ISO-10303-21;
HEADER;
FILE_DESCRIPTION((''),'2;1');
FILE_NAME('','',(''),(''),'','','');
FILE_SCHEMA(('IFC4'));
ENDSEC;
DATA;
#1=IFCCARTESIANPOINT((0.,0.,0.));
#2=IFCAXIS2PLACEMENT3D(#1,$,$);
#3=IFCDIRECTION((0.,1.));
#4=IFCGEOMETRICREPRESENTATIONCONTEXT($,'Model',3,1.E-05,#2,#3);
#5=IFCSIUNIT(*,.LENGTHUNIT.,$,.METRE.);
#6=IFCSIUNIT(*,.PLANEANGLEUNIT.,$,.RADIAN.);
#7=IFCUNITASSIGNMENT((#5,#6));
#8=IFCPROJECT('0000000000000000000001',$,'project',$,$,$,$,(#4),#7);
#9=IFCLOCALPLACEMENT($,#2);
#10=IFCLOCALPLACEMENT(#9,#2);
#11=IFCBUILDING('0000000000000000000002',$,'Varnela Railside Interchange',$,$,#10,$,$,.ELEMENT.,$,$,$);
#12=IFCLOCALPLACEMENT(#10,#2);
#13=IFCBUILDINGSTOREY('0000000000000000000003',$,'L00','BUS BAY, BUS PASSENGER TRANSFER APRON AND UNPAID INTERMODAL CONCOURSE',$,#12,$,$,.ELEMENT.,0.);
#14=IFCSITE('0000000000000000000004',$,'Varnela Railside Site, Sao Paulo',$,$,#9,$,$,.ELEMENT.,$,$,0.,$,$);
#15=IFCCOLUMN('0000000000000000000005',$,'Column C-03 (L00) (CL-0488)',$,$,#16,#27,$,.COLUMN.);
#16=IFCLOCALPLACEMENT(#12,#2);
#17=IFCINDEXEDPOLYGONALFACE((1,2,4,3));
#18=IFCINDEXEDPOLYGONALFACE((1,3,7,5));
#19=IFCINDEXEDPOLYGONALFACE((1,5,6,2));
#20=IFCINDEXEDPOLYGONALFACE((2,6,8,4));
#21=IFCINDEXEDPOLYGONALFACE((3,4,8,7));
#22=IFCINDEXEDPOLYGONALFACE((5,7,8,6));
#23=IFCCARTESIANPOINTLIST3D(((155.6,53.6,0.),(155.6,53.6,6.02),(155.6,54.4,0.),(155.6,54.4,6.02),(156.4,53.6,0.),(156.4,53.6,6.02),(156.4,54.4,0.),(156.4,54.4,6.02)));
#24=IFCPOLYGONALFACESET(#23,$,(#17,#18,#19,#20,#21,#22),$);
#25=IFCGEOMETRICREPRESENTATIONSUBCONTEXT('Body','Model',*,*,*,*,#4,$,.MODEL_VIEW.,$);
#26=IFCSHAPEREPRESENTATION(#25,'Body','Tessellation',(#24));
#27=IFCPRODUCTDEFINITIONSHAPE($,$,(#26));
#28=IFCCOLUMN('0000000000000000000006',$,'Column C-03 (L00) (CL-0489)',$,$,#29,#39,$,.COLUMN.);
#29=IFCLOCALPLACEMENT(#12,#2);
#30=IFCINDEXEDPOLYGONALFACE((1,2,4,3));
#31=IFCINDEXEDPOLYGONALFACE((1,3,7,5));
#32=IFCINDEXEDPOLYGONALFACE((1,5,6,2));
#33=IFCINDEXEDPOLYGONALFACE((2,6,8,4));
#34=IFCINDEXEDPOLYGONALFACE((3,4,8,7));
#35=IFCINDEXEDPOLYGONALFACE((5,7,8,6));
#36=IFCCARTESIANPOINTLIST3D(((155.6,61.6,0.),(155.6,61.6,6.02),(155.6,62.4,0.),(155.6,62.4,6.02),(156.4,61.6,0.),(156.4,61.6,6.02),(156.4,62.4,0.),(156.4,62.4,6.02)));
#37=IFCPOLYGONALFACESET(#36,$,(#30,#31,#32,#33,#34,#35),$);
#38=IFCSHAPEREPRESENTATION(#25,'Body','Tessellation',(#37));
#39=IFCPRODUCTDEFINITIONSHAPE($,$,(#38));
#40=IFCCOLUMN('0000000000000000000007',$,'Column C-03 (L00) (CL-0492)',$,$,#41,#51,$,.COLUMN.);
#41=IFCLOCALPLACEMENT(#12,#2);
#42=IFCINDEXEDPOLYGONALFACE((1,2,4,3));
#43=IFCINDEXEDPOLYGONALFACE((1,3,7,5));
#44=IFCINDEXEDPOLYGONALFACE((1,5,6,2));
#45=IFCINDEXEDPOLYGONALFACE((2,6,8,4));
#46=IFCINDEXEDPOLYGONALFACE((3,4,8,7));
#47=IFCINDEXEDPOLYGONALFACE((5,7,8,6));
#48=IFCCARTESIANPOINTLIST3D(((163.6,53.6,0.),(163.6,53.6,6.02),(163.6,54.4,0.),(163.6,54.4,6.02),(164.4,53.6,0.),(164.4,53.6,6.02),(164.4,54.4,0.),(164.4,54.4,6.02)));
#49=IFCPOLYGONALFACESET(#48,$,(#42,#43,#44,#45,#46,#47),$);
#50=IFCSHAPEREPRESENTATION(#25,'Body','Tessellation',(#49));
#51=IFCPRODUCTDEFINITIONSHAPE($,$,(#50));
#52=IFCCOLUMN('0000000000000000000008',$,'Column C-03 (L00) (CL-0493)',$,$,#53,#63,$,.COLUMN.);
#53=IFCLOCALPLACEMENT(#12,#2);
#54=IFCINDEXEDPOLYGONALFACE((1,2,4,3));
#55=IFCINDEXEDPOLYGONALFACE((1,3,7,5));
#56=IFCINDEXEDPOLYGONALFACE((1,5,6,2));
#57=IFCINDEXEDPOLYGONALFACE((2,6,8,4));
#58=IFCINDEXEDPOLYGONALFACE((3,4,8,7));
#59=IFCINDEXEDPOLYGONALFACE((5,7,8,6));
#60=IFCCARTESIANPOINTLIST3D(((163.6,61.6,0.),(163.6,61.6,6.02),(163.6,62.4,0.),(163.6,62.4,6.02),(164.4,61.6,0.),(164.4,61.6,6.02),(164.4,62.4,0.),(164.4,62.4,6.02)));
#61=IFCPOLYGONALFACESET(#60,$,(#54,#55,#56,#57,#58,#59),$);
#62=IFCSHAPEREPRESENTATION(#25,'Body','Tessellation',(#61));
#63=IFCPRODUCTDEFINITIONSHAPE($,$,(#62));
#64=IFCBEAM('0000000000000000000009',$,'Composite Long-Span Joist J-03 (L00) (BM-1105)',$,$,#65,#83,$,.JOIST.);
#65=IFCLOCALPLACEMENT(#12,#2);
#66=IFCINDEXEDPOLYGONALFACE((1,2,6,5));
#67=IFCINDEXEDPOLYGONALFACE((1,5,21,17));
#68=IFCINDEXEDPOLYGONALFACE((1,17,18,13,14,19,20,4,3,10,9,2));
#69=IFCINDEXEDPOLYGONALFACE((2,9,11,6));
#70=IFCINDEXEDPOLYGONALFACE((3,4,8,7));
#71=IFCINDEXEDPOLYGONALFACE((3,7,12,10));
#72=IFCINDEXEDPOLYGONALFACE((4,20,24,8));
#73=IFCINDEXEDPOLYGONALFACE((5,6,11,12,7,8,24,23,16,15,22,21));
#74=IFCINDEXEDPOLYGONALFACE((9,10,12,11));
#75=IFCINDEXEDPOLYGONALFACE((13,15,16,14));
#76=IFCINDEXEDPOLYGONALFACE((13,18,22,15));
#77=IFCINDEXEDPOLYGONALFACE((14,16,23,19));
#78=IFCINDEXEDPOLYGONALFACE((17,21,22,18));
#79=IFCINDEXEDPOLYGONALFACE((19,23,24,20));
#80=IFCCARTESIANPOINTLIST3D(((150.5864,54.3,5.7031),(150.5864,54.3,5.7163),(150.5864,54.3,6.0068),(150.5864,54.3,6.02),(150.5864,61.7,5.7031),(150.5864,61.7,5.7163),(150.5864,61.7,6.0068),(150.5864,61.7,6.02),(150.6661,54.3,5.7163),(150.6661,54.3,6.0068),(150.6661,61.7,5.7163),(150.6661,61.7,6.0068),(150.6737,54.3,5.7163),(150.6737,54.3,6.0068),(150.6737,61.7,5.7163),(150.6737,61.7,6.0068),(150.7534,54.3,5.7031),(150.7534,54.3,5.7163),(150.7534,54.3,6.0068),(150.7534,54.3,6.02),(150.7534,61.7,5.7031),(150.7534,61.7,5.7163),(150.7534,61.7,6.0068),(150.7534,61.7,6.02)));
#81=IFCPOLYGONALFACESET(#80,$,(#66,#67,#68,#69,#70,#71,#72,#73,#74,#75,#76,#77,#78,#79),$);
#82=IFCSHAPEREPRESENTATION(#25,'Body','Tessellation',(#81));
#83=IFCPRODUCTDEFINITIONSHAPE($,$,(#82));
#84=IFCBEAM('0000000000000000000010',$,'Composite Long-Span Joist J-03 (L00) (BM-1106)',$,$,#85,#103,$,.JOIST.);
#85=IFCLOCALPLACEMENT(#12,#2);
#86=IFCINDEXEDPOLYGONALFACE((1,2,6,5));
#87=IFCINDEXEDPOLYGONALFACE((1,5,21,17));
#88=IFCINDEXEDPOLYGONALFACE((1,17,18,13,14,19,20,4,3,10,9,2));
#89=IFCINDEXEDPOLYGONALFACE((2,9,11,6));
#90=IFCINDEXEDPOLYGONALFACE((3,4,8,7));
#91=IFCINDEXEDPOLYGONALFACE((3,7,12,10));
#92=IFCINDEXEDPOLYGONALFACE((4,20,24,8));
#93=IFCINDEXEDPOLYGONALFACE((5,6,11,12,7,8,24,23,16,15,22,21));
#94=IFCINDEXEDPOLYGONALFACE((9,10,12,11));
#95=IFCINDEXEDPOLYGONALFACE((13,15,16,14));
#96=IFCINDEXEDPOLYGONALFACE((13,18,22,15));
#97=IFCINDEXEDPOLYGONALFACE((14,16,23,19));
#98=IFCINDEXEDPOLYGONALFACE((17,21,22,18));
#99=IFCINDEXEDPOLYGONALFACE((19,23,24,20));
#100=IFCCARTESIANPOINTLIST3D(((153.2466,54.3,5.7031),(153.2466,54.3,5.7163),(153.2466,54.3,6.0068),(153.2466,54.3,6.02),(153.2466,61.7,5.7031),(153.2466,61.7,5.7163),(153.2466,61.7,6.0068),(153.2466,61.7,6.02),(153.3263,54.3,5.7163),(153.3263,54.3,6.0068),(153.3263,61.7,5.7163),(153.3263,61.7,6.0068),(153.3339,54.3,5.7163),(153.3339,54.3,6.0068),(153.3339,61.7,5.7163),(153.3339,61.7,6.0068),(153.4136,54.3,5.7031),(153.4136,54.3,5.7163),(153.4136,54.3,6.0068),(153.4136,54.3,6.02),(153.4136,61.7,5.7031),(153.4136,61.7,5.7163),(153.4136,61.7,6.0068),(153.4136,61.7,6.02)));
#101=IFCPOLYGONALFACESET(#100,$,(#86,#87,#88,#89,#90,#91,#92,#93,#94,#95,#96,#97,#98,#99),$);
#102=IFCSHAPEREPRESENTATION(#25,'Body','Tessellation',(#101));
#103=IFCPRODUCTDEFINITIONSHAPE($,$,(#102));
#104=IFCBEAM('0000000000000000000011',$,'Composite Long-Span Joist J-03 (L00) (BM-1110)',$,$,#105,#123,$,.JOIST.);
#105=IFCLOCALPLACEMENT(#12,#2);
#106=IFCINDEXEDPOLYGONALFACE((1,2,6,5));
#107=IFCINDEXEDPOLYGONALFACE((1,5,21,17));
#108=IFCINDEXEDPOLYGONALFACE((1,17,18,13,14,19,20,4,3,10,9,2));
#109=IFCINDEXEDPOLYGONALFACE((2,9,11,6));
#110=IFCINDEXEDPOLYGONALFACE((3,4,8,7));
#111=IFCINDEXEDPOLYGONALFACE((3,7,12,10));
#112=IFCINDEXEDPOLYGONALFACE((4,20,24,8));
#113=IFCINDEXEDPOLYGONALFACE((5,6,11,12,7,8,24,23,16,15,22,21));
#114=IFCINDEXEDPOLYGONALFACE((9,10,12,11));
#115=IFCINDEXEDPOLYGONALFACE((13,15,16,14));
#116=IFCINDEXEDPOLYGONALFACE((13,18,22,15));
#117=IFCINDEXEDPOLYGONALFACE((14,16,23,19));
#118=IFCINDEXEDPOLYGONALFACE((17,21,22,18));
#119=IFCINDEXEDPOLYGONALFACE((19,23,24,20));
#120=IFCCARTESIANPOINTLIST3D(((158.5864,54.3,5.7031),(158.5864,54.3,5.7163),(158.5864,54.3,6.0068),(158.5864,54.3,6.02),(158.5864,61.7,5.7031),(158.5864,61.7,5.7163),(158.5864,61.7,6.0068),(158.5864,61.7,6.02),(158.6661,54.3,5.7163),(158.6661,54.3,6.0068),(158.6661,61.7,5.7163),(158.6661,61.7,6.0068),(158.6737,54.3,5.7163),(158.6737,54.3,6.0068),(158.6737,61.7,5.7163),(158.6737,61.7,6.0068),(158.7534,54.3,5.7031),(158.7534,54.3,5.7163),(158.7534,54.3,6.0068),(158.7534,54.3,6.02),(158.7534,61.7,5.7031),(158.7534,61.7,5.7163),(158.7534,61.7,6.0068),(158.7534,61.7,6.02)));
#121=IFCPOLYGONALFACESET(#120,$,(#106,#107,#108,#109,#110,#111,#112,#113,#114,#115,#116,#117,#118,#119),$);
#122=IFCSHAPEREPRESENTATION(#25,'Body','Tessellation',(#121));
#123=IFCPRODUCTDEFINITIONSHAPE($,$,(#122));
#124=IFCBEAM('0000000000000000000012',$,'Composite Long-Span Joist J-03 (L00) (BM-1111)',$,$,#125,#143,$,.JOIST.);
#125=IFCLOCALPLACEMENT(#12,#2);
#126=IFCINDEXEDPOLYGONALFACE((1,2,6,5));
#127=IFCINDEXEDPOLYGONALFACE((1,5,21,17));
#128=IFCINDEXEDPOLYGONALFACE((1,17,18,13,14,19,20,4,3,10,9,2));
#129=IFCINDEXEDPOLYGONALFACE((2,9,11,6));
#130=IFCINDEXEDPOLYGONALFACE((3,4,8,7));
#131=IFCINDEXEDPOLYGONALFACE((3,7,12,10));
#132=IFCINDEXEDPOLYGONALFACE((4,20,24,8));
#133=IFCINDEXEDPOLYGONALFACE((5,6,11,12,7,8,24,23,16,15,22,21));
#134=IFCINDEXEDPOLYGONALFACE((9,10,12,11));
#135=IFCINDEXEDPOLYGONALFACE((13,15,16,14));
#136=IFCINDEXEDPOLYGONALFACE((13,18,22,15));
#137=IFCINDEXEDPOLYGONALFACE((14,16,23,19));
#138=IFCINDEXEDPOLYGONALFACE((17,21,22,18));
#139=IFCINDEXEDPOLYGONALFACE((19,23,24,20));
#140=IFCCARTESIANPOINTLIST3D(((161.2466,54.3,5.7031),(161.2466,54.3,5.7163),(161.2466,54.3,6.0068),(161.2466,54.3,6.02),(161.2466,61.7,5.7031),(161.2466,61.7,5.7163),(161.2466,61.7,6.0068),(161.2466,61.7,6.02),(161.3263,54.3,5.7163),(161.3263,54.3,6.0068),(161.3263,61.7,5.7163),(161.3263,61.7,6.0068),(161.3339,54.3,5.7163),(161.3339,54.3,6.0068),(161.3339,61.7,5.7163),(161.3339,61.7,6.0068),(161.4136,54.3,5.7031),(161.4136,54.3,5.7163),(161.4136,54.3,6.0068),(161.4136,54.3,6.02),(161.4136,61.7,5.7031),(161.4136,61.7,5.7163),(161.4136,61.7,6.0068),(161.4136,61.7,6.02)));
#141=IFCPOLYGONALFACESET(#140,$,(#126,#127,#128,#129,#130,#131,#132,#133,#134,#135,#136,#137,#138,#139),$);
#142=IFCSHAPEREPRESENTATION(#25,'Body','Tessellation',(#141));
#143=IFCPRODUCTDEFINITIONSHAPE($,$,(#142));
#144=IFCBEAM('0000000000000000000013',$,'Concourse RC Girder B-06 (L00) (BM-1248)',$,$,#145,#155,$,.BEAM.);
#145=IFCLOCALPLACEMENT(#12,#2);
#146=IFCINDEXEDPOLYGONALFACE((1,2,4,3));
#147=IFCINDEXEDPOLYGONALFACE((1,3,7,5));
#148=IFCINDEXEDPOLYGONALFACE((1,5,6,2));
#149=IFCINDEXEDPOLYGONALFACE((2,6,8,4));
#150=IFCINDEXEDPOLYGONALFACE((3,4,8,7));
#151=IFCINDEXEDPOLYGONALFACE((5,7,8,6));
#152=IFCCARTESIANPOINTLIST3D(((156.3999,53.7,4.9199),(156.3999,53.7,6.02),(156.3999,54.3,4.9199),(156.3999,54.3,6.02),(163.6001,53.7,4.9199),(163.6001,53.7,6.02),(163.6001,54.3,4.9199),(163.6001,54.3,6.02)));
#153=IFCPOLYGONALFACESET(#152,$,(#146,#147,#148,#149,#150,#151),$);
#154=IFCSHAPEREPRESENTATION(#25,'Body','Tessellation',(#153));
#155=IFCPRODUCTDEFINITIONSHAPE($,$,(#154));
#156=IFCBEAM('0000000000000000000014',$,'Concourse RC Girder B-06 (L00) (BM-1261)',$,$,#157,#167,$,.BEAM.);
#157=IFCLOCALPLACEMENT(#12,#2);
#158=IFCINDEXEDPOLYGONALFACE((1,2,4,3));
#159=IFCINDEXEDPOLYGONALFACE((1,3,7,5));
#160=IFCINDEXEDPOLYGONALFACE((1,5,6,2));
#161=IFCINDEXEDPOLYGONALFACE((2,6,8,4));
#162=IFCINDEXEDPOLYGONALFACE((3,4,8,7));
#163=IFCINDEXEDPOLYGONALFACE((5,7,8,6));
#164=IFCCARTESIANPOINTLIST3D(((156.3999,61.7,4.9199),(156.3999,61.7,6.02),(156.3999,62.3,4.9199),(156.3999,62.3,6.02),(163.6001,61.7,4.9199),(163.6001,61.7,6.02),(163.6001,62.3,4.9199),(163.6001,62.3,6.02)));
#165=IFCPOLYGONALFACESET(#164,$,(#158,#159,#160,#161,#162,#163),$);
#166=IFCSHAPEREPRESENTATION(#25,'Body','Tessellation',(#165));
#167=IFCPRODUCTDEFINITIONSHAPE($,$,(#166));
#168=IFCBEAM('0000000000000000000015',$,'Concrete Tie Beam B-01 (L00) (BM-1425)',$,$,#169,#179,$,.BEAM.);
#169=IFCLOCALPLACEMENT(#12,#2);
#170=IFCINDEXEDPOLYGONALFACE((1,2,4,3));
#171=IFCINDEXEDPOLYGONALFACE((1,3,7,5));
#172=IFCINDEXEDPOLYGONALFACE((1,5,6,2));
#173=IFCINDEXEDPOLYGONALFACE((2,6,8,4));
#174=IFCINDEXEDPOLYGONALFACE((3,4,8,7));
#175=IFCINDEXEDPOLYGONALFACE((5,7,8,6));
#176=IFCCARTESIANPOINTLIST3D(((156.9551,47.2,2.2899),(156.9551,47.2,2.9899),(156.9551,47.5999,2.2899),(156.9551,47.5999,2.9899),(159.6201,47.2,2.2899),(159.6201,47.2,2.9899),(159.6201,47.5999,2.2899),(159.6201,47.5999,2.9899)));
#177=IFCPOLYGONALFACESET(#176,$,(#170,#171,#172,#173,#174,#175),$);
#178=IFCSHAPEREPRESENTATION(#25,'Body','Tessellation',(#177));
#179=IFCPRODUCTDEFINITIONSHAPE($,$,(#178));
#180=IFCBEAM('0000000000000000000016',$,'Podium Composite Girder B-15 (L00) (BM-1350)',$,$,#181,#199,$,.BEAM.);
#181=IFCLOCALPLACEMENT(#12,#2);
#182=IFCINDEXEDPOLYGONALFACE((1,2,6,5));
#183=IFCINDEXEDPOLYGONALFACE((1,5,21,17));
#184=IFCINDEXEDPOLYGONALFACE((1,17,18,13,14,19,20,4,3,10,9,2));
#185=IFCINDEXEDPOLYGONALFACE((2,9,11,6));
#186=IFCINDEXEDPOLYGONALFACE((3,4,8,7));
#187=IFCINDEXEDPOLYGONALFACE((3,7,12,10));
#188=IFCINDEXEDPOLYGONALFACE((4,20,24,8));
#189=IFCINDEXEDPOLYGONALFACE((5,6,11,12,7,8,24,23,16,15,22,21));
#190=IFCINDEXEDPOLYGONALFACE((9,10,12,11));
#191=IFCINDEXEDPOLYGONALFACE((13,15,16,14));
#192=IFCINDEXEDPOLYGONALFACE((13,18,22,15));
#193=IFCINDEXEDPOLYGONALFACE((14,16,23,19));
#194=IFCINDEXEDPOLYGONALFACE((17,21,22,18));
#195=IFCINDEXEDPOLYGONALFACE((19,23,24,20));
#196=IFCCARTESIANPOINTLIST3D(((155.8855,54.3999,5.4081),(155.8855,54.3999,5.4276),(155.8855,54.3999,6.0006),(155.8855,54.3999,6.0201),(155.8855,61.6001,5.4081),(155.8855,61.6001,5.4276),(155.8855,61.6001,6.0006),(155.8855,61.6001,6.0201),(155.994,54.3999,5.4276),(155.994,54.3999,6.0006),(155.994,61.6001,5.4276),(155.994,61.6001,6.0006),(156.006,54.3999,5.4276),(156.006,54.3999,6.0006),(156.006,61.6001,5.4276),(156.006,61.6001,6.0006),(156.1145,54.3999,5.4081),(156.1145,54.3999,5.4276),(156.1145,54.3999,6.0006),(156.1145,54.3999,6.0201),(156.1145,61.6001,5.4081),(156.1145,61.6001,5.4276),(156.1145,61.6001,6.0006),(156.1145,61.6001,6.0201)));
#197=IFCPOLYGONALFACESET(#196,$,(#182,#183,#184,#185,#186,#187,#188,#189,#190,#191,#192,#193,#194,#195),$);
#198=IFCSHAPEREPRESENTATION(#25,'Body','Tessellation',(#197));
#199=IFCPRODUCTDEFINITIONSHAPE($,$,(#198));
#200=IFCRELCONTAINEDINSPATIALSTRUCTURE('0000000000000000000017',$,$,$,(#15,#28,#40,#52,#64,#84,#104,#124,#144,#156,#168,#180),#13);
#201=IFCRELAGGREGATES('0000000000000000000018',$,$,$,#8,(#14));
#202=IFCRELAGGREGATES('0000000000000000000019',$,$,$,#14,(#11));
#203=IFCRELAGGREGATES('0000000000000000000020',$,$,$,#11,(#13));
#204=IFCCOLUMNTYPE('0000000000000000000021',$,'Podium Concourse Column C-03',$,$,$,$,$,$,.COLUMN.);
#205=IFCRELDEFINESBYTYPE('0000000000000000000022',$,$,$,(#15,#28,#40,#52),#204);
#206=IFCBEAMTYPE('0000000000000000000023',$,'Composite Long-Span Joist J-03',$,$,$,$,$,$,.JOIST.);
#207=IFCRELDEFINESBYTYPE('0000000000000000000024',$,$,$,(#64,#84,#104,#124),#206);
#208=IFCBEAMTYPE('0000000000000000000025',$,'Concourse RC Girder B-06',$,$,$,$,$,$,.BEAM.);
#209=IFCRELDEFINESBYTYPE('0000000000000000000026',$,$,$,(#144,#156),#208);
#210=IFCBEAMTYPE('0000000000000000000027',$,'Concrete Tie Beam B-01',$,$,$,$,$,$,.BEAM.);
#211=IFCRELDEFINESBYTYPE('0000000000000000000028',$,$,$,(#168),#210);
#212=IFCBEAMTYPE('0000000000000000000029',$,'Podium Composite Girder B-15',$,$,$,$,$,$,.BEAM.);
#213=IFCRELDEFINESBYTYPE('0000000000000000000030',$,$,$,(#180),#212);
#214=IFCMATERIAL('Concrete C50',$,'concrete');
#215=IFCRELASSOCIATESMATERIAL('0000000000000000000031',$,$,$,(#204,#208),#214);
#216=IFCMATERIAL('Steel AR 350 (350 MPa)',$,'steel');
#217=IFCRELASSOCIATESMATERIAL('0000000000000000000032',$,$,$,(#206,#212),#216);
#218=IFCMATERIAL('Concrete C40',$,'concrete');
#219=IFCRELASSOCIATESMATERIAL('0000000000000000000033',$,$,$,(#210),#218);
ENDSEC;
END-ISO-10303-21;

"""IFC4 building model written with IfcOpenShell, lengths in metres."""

from ifc_helpers import new_model, si_unit, direction, frame, origin, origin_2d, place, context, subcontext, project, spatial, rectangle, i_section, extrude, material, material_profile, profile_set, type_object, element, save


model = new_model("IFC4")

# Units and contexts
model_context = context("Model", 3, precision=1e-05, world=origin(), true_north=direction((0.0, 1.0)))
body_context = subcontext(model_context, "Body", "Model", "MODEL_VIEW")
ifc_project = project(units=[si_unit("LENGTHUNIT", "METRE"), si_unit("PLANEANGLEUNIT", "RADIAN")], contexts=[model_context])

# Site, building, storey
site_placement = place(None, origin())
site = spatial("IfcSite", under=ifc_project, at=site_placement, Name="Varnela Railside Site, Sao Paulo", CompositionType="ELEMENT", RefElevation=0.0)
building_placement = place(site_placement, origin())
building = spatial("IfcBuilding", under=site, at=building_placement, Name="Varnela Railside Interchange", CompositionType="ELEMENT")
storey_placement = place(building_placement, origin())
storey = spatial("IfcBuildingStorey", under=building, at=storey_placement, Name="L00", Description="BUS BAY, BUS PASSENGER TRANSFER APRON AND UNPAID INTERMODAL CONCOURSE", CompositionType="ELEMENT", Elevation=0.0)

# Columns
ifc_material_1 = material(Name="Concrete C50", Category="concrete")
ifc_material_profile_1 = material_profile(ifc_material_1, rectangle(XDim=0.8, YDim=0.8, at=origin_2d()), Name="RC 800x800")
ifc_profile_set_1 = profile_set([ifc_material_profile_1], Name="Concrete C50")
column_type = type_object("IfcColumnType", Name="Podium Concourse Column C-03", PredefinedType="COLUMN", material=ifc_profile_set_1)
for number, where, z_axis, x_axis, name in (
    (1, (156.0, 54.0, 0.0), (0.0, 0.0, 1.0), (1.0, 0.0, 0.0), "Column C-03 (L00) (CL-0488)"),
    (2, (156.0, 62.0, 0.0), (0.0, 0.0, 1.0), (1.0, 0.0, 0.0), "Column C-03 (L00) (CL-0489)"),
    (3, (164.0, 54.0, 0.0), (0.0, 0.0, 1.0), (1.0, 0.0, 0.0), "Column C-03 (L00) (CL-0492)"),
    (4, (164.0, 62.0, 0.0), (0.0, 0.0, 1.0), (1.0, 0.0, 0.0), "Column C-03 (L00) (CL-0493)"),
):
    element("IfcColumn", number, at=place(storey_placement, frame(where, z_axis=z_axis, x_axis=x_axis)), inside=storey, type_object=column_type, Name=name, PredefinedType="COLUMN", context=body_context, shape_type="SweptSolid", body=[
        extrude(rectangle(XDim=0.8, YDim=0.8, at=origin_2d()), origin(), (0.0, 0.0, 1.0), 6.02),
    ])

# Beams
ifc_material_2 = material(Name="Steel AR 350 (350 MPa)", Category="steel")
ifc_material_profile_2 = material_profile(ifc_material_2, i_section(OverallWidth=0.167, OverallDepth=0.3169, WebThickness=0.0076, FlangeThickness=0.0132, at=origin_2d()), Name="W310x52")
ifc_profile_set_2 = profile_set([ifc_material_profile_2], Name="Steel AR 350 (350 MPa)")
beam_type_1 = type_object("IfcBeamType", Name="Composite Long-Span Joist J-03", PredefinedType="JOIST", material=ifc_profile_set_2)
for number, where, z_axis, x_axis, name in (
    (5, (150.6699, 54.3, 5.8616), (0.0, 1.0, 0.0), (-1.0, 0.0, 0.0), "Composite Long-Span Joist J-03 (L00) (BM-1105)"),
    (6, (153.3301, 54.3, 5.8616), (0.0, 1.0, 0.0), (-1.0, 0.0, 0.0), "Composite Long-Span Joist J-03 (L00) (BM-1106)"),
    (7, (158.6699, 54.3, 5.8616), (0.0, 1.0, 0.0), (-1.0, 0.0, 0.0), "Composite Long-Span Joist J-03 (L00) (BM-1110)"),
    (8, (161.3301, 54.3, 5.8616), (0.0, 1.0, 0.0), (-1.0, 0.0, 0.0), "Composite Long-Span Joist J-03 (L00) (BM-1111)"),
):
    element("IfcBeam", number, at=place(storey_placement, frame(where, z_axis=z_axis, x_axis=x_axis)), inside=storey, type_object=beam_type_1, Name=name, PredefinedType="JOIST", context=body_context, shape_type="SweptSolid", body=[
        extrude(i_section(OverallWidth=0.167, OverallDepth=0.3169, WebThickness=0.0076, FlangeThickness=0.0132, at=origin_2d()), origin(), (0.0, 0.0, 1.0), 7.3999),
    ])
ifc_material_profile_3 = material_profile(ifc_material_1, rectangle(XDim=0.6001, YDim=1.1001, at=origin_2d()), Name="RC 600x1100")
ifc_profile_set_3 = profile_set([ifc_material_profile_3], Name="Concrete C50")
beam_type_2 = type_object("IfcBeamType", Name="Concourse RC Girder B-06", PredefinedType="BEAM", material=ifc_profile_set_3)
for number, where, z_axis, x_axis, name in (
    (9, (156.3999, 54.0, 5.47), (1.0, 0.0, 0.0), (0.0, 1.0, 0.0), "Concourse RC Girder B-06 (L00) (BM-1248)"),
    (10, (156.3999, 62.0, 5.47), (1.0, 0.0, 0.0), (0.0, 1.0, 0.0), "Concourse RC Girder B-06 (L00) (BM-1261)"),
):
    element("IfcBeam", number, at=place(storey_placement, frame(where, z_axis=z_axis, x_axis=x_axis)), inside=storey, type_object=beam_type_2, Name=name, PredefinedType="BEAM", context=body_context, shape_type="SweptSolid", body=[
        extrude(rectangle(XDim=0.6001, YDim=1.1001, at=origin_2d()), origin(), (0.0, 0.0, 1.0), 7.2002),
    ])
ifc_material_3 = material(Name="Concrete C40", Category="concrete")
ifc_material_profile_4 = material_profile(ifc_material_3, rectangle(XDim=0.3999, YDim=0.7, at=origin_2d()), Name="RC 400x700")
ifc_profile_set_4 = profile_set([ifc_material_profile_4], Name="Concrete C40")
beam_type_3 = type_object("IfcBeamType", Name="Concrete Tie Beam B-01", PredefinedType="BEAM", material=ifc_profile_set_4)
beam_placement = place(storey_placement, frame((156.9551, 47.3999, 2.6399), z_axis=(1.0, 0.0, 0.0), x_axis=(0.0, 1.0, 0.0)))
element("IfcBeam", 11, at=beam_placement, inside=storey, type_object=beam_type_3, Name="Concrete Tie Beam B-01 (L00) (BM-1425)", PredefinedType="BEAM", context=body_context, shape_type="SweptSolid", body=[
    extrude(rectangle(XDim=0.3999, YDim=0.7, at=origin_2d()), origin(), (0.0, 0.0, 1.0), 2.665),
])
ifc_material_profile_5 = material_profile(ifc_material_2, i_section(OverallWidth=0.229, OverallDepth=0.6121, WebThickness=0.012, FlangeThickness=0.0195, at=origin_2d()), Name="W610x125")
ifc_profile_set_5 = profile_set([ifc_material_profile_5], Name="Steel AR 350 (350 MPa)")
beam_type_4 = type_object("IfcBeamType", Name="Podium Composite Girder B-15", PredefinedType="BEAM", material=ifc_profile_set_5)
for number, where, z_axis, x_axis, name in (
    (12, (156.0, 54.3999, 5.7141), (0.0, 1.0, 0.0), (-1.0, 0.0, 0.0), "Podium Composite Girder B-15 (L00) (BM-1350)"),
):
    element("IfcBeam", number, at=place(storey_placement, frame(where, z_axis=z_axis, x_axis=x_axis)), inside=storey, type_object=beam_type_4, Name=name, PredefinedType="BEAM", context=body_context, shape_type="SweptSolid", body=[
        extrude(i_section(OverallWidth=0.229, OverallDepth=0.6121, WebThickness=0.012, FlangeThickness=0.0195, at=origin_2d()), origin(), (0.0, 0.0, 1.0), 7.2002),
    ])

save(model, "model.ifc")
